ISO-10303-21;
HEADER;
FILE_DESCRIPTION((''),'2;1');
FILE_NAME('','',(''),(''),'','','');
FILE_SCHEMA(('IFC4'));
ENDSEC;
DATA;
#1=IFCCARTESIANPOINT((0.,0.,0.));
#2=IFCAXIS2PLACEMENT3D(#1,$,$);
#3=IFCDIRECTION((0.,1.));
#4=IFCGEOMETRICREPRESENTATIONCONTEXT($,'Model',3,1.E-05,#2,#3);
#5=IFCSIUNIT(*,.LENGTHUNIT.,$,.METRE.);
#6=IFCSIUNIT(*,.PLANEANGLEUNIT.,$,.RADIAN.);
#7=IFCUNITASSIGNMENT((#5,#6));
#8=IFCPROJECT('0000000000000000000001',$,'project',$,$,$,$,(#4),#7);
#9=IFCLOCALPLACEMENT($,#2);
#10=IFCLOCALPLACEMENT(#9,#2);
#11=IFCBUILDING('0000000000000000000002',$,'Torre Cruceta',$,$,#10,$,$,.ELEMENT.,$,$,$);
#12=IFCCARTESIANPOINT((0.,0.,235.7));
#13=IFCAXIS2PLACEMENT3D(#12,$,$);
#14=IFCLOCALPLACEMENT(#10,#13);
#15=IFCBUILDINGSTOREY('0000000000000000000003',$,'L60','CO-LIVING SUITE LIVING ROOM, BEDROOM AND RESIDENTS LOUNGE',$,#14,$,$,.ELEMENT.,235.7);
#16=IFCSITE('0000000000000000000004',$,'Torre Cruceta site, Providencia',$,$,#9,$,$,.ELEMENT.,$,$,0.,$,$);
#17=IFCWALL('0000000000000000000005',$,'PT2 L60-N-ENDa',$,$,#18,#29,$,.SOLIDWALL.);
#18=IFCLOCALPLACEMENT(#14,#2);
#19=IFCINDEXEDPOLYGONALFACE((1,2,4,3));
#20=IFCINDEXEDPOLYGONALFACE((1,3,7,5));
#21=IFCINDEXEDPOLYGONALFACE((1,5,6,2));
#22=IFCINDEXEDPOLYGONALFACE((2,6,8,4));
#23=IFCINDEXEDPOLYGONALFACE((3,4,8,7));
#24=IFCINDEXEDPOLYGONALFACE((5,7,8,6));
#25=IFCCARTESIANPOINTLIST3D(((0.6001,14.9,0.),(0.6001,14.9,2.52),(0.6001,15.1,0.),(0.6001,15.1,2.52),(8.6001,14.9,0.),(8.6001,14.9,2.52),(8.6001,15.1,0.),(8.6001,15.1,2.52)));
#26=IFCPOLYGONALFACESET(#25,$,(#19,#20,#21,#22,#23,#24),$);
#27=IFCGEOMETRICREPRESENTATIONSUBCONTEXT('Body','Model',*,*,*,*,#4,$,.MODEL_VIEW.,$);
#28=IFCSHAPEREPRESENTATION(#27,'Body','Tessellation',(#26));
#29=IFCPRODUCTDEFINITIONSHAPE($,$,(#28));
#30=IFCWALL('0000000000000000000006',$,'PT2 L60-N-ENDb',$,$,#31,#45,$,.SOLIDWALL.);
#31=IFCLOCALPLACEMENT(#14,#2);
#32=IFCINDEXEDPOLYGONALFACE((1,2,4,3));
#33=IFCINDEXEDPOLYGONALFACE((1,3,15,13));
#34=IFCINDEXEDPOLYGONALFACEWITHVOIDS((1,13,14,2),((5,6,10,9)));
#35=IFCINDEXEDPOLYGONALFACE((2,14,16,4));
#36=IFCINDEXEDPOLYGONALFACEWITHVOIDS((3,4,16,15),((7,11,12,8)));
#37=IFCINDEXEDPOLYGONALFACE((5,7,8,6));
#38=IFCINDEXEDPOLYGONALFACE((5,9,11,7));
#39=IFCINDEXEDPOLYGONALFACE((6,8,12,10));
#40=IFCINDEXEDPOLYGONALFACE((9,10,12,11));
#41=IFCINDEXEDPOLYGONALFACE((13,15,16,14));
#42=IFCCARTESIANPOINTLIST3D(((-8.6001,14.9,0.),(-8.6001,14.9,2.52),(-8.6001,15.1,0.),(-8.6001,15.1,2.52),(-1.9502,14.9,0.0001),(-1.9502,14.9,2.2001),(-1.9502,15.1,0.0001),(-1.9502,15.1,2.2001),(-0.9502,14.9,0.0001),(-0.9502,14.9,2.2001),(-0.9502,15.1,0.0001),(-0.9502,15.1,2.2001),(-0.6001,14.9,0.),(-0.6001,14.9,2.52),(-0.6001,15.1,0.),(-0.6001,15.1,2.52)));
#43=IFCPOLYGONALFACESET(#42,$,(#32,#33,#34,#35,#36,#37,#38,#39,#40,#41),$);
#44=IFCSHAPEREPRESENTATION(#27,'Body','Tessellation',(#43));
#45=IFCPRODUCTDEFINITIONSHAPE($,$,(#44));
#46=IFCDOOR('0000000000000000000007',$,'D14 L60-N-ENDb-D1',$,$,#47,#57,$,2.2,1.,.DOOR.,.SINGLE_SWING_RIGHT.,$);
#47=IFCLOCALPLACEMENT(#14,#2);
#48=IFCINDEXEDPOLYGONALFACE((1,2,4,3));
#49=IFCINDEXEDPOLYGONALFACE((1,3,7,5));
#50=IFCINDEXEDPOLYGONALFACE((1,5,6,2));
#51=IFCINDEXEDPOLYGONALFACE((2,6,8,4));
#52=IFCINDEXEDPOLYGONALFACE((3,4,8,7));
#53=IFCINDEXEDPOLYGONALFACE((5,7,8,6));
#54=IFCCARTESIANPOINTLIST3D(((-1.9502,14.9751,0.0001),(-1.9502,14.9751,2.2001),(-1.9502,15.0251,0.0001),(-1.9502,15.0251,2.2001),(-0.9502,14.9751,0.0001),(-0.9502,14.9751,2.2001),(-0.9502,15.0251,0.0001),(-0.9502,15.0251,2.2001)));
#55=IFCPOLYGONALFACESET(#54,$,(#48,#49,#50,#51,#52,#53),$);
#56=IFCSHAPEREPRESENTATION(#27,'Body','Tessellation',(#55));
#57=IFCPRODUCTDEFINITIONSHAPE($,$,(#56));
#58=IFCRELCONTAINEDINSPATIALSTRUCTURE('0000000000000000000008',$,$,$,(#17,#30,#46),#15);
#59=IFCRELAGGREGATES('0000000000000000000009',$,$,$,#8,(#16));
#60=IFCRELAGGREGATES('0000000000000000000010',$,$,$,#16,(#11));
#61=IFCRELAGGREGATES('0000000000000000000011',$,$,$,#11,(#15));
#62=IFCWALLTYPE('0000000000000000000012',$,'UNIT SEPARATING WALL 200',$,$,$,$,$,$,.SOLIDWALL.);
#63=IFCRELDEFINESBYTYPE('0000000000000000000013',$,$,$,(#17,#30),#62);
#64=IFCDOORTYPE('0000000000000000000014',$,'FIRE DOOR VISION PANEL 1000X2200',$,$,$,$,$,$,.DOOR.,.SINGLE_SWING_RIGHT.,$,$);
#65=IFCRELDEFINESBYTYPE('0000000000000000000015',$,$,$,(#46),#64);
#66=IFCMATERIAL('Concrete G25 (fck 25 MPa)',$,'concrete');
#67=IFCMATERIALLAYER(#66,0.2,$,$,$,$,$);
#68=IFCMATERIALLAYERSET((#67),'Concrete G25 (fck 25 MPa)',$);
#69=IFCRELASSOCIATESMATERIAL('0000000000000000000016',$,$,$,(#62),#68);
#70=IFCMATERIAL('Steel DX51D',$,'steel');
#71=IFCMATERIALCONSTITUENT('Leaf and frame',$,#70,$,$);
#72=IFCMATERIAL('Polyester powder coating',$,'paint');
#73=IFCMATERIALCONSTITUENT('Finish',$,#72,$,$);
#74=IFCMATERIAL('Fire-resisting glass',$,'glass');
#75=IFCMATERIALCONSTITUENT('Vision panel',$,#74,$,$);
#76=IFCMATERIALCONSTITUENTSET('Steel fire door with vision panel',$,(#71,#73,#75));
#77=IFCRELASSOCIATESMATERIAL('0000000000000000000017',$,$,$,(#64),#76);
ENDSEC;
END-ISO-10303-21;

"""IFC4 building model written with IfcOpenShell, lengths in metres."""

from ifc_helpers import new_model, si_unit, direction, frame, frame_2d, origin, place, context, subcontext, project, spatial, rectangle, extrude, material, layer, layer_set, constituent, constituent_set, type_object, element, fill, save


model = new_model("IFC4")

# Units and contexts
model_context = context("Model", 3, precision=1e-05, world=origin(), true_north=direction((0.0, 1.0)))
body_context = subcontext(model_context, "Body", "Model", "MODEL_VIEW")
ifc_project = project(units=[si_unit("LENGTHUNIT", "METRE"), si_unit("PLANEANGLEUNIT", "RADIAN")], contexts=[model_context])

# Site, building, storey
site_placement = place(None, origin())
site = spatial("IfcSite", under=ifc_project, at=site_placement, Name="Torre Cruceta site, Providencia", CompositionType="ELEMENT", RefElevation=0.0)
building_placement = place(site_placement, origin())
building = spatial("IfcBuilding", under=site, at=building_placement, Name="Torre Cruceta", CompositionType="ELEMENT")
storey_placement = place(building_placement, frame((0.0, 0.0, 235.7)))
storey = spatial("IfcBuildingStorey", under=building, at=storey_placement, Name="L60", Description="CO-LIVING SUITE LIVING ROOM, BEDROOM AND RESIDENTS LOUNGE", CompositionType="ELEMENT", Elevation=235.7)

# Wall
ifc_material_1 = material(Name="Concrete G25 (fck 25 MPa)", Category="concrete")
ifc_layer_1 = layer(ifc_material_1, 0.2)
ifc_layer_set_1 = layer_set([ifc_layer_1], Name="Concrete G25 (fck 25 MPa)")
wall_type_1 = type_object("IfcWallType", Name="UNIT SEPARATING WALL 200", PredefinedType="SOLIDWALL", material=ifc_layer_set_1)
wall_1_placement = place(storey_placement, frame((8.6001, 15.0, 0.0), z_axis=(0.0, 0.0, 1.0), x_axis=(-1.0, 0.0, 0.0)))
element("IfcWall", 1, at=wall_1_placement, inside=storey, type_object=wall_type_1, Name="PT2 L60-N-ENDa", PredefinedType="SOLIDWALL", context=body_context, shape_type="SweptSolid", body=[
    extrude(rectangle(XDim=8.0, YDim=0.2, at=frame_2d((4.0, 0.0))), origin(), (0.0, 0.0, 1.0), 2.52),
])

# Wall, opening, door
wall_2_placement = place(storey_placement, frame((-0.6001, 15.0, 0.0), z_axis=(0.0, 0.0, 1.0), x_axis=(-1.0, 0.0, 0.0)))
wall_2 = element("IfcWall", 2, at=wall_2_placement, inside=storey, type_object=wall_type_1, Name="PT2 L60-N-ENDb", PredefinedType="SOLIDWALL", context=body_context, shape_type="SweptSolid", body=[
    extrude(rectangle(XDim=8.0, YDim=0.2, at=frame_2d((4.0, 0.0))), origin(), (0.0, 0.0, 1.0), 2.52),
])
opening_1_placement = place(wall_2_placement, frame((0.3501, 0.0, 0.0)))
opening_1 = element("IfcOpeningElement", 3, at=opening_1_placement, cuts=wall_2, PredefinedType="OPENING", context=body_context, shape_type="SweptSolid", body=[
    extrude(rectangle(XDim=1.0, YDim=2.2, at=frame_2d((0.5, 1.1001))), frame((0.0, 0.1099, 0.0), z_axis=(0.0, -1.0, 0.0), x_axis=(1.0, 0.0, 0.0)), (0.0, 0.0, 1.0), 0.22),
])
ifc_material_2 = material(Name="Steel DX51D", Category="steel")
ifc_constituent_1 = constituent(ifc_material_2, Name="Leaf and frame")
ifc_material_3 = material(Name="Polyester powder coating", Category="paint")
ifc_constituent_2 = constituent(ifc_material_3, Name="Finish")
ifc_material_4 = material(Name="Fire-resisting glass", Category="glass")
ifc_constituent_3 = constituent(ifc_material_4, Name="Vision panel")
ifc_constituent_set_1 = constituent_set(constituents=[ifc_constituent_1, ifc_constituent_2, ifc_constituent_3], Name="Steel fire door with vision panel")
door_type = type_object("IfcDoorType", Name="FIRE DOOR VISION PANEL 1000X2200", OperationType="SINGLE_SWING_RIGHT", PredefinedType="DOOR", material=ifc_constituent_set_1)
door_placement = place(opening_1_placement, frame((1.0, 0.0, 0.0), z_axis=(0.0, 0.0, 1.0), x_axis=(-1.0, 0.0, 0.0)))
door = element("IfcDoor", 4, at=door_placement, inside=storey, type_object=door_type, Name="D14 L60-N-ENDb-D1", OperationType="SINGLE_SWING_RIGHT", OverallHeight=2.2, OverallWidth=1.0, PredefinedType="DOOR", context=body_context, shape_type="SweptSolid", body=[
    extrude(rectangle(XDim=1.0, YDim=2.2, at=frame_2d((0.5, 1.1001))), frame((0.0, 0.0251, 0.0), z_axis=(0.0, -1.0, 0.0), x_axis=(1.0, 0.0, 0.0)), (0.0, 0.0, 1.0), 0.05),
])
fill(opening_1, door)

save(model, "model.ifc")
